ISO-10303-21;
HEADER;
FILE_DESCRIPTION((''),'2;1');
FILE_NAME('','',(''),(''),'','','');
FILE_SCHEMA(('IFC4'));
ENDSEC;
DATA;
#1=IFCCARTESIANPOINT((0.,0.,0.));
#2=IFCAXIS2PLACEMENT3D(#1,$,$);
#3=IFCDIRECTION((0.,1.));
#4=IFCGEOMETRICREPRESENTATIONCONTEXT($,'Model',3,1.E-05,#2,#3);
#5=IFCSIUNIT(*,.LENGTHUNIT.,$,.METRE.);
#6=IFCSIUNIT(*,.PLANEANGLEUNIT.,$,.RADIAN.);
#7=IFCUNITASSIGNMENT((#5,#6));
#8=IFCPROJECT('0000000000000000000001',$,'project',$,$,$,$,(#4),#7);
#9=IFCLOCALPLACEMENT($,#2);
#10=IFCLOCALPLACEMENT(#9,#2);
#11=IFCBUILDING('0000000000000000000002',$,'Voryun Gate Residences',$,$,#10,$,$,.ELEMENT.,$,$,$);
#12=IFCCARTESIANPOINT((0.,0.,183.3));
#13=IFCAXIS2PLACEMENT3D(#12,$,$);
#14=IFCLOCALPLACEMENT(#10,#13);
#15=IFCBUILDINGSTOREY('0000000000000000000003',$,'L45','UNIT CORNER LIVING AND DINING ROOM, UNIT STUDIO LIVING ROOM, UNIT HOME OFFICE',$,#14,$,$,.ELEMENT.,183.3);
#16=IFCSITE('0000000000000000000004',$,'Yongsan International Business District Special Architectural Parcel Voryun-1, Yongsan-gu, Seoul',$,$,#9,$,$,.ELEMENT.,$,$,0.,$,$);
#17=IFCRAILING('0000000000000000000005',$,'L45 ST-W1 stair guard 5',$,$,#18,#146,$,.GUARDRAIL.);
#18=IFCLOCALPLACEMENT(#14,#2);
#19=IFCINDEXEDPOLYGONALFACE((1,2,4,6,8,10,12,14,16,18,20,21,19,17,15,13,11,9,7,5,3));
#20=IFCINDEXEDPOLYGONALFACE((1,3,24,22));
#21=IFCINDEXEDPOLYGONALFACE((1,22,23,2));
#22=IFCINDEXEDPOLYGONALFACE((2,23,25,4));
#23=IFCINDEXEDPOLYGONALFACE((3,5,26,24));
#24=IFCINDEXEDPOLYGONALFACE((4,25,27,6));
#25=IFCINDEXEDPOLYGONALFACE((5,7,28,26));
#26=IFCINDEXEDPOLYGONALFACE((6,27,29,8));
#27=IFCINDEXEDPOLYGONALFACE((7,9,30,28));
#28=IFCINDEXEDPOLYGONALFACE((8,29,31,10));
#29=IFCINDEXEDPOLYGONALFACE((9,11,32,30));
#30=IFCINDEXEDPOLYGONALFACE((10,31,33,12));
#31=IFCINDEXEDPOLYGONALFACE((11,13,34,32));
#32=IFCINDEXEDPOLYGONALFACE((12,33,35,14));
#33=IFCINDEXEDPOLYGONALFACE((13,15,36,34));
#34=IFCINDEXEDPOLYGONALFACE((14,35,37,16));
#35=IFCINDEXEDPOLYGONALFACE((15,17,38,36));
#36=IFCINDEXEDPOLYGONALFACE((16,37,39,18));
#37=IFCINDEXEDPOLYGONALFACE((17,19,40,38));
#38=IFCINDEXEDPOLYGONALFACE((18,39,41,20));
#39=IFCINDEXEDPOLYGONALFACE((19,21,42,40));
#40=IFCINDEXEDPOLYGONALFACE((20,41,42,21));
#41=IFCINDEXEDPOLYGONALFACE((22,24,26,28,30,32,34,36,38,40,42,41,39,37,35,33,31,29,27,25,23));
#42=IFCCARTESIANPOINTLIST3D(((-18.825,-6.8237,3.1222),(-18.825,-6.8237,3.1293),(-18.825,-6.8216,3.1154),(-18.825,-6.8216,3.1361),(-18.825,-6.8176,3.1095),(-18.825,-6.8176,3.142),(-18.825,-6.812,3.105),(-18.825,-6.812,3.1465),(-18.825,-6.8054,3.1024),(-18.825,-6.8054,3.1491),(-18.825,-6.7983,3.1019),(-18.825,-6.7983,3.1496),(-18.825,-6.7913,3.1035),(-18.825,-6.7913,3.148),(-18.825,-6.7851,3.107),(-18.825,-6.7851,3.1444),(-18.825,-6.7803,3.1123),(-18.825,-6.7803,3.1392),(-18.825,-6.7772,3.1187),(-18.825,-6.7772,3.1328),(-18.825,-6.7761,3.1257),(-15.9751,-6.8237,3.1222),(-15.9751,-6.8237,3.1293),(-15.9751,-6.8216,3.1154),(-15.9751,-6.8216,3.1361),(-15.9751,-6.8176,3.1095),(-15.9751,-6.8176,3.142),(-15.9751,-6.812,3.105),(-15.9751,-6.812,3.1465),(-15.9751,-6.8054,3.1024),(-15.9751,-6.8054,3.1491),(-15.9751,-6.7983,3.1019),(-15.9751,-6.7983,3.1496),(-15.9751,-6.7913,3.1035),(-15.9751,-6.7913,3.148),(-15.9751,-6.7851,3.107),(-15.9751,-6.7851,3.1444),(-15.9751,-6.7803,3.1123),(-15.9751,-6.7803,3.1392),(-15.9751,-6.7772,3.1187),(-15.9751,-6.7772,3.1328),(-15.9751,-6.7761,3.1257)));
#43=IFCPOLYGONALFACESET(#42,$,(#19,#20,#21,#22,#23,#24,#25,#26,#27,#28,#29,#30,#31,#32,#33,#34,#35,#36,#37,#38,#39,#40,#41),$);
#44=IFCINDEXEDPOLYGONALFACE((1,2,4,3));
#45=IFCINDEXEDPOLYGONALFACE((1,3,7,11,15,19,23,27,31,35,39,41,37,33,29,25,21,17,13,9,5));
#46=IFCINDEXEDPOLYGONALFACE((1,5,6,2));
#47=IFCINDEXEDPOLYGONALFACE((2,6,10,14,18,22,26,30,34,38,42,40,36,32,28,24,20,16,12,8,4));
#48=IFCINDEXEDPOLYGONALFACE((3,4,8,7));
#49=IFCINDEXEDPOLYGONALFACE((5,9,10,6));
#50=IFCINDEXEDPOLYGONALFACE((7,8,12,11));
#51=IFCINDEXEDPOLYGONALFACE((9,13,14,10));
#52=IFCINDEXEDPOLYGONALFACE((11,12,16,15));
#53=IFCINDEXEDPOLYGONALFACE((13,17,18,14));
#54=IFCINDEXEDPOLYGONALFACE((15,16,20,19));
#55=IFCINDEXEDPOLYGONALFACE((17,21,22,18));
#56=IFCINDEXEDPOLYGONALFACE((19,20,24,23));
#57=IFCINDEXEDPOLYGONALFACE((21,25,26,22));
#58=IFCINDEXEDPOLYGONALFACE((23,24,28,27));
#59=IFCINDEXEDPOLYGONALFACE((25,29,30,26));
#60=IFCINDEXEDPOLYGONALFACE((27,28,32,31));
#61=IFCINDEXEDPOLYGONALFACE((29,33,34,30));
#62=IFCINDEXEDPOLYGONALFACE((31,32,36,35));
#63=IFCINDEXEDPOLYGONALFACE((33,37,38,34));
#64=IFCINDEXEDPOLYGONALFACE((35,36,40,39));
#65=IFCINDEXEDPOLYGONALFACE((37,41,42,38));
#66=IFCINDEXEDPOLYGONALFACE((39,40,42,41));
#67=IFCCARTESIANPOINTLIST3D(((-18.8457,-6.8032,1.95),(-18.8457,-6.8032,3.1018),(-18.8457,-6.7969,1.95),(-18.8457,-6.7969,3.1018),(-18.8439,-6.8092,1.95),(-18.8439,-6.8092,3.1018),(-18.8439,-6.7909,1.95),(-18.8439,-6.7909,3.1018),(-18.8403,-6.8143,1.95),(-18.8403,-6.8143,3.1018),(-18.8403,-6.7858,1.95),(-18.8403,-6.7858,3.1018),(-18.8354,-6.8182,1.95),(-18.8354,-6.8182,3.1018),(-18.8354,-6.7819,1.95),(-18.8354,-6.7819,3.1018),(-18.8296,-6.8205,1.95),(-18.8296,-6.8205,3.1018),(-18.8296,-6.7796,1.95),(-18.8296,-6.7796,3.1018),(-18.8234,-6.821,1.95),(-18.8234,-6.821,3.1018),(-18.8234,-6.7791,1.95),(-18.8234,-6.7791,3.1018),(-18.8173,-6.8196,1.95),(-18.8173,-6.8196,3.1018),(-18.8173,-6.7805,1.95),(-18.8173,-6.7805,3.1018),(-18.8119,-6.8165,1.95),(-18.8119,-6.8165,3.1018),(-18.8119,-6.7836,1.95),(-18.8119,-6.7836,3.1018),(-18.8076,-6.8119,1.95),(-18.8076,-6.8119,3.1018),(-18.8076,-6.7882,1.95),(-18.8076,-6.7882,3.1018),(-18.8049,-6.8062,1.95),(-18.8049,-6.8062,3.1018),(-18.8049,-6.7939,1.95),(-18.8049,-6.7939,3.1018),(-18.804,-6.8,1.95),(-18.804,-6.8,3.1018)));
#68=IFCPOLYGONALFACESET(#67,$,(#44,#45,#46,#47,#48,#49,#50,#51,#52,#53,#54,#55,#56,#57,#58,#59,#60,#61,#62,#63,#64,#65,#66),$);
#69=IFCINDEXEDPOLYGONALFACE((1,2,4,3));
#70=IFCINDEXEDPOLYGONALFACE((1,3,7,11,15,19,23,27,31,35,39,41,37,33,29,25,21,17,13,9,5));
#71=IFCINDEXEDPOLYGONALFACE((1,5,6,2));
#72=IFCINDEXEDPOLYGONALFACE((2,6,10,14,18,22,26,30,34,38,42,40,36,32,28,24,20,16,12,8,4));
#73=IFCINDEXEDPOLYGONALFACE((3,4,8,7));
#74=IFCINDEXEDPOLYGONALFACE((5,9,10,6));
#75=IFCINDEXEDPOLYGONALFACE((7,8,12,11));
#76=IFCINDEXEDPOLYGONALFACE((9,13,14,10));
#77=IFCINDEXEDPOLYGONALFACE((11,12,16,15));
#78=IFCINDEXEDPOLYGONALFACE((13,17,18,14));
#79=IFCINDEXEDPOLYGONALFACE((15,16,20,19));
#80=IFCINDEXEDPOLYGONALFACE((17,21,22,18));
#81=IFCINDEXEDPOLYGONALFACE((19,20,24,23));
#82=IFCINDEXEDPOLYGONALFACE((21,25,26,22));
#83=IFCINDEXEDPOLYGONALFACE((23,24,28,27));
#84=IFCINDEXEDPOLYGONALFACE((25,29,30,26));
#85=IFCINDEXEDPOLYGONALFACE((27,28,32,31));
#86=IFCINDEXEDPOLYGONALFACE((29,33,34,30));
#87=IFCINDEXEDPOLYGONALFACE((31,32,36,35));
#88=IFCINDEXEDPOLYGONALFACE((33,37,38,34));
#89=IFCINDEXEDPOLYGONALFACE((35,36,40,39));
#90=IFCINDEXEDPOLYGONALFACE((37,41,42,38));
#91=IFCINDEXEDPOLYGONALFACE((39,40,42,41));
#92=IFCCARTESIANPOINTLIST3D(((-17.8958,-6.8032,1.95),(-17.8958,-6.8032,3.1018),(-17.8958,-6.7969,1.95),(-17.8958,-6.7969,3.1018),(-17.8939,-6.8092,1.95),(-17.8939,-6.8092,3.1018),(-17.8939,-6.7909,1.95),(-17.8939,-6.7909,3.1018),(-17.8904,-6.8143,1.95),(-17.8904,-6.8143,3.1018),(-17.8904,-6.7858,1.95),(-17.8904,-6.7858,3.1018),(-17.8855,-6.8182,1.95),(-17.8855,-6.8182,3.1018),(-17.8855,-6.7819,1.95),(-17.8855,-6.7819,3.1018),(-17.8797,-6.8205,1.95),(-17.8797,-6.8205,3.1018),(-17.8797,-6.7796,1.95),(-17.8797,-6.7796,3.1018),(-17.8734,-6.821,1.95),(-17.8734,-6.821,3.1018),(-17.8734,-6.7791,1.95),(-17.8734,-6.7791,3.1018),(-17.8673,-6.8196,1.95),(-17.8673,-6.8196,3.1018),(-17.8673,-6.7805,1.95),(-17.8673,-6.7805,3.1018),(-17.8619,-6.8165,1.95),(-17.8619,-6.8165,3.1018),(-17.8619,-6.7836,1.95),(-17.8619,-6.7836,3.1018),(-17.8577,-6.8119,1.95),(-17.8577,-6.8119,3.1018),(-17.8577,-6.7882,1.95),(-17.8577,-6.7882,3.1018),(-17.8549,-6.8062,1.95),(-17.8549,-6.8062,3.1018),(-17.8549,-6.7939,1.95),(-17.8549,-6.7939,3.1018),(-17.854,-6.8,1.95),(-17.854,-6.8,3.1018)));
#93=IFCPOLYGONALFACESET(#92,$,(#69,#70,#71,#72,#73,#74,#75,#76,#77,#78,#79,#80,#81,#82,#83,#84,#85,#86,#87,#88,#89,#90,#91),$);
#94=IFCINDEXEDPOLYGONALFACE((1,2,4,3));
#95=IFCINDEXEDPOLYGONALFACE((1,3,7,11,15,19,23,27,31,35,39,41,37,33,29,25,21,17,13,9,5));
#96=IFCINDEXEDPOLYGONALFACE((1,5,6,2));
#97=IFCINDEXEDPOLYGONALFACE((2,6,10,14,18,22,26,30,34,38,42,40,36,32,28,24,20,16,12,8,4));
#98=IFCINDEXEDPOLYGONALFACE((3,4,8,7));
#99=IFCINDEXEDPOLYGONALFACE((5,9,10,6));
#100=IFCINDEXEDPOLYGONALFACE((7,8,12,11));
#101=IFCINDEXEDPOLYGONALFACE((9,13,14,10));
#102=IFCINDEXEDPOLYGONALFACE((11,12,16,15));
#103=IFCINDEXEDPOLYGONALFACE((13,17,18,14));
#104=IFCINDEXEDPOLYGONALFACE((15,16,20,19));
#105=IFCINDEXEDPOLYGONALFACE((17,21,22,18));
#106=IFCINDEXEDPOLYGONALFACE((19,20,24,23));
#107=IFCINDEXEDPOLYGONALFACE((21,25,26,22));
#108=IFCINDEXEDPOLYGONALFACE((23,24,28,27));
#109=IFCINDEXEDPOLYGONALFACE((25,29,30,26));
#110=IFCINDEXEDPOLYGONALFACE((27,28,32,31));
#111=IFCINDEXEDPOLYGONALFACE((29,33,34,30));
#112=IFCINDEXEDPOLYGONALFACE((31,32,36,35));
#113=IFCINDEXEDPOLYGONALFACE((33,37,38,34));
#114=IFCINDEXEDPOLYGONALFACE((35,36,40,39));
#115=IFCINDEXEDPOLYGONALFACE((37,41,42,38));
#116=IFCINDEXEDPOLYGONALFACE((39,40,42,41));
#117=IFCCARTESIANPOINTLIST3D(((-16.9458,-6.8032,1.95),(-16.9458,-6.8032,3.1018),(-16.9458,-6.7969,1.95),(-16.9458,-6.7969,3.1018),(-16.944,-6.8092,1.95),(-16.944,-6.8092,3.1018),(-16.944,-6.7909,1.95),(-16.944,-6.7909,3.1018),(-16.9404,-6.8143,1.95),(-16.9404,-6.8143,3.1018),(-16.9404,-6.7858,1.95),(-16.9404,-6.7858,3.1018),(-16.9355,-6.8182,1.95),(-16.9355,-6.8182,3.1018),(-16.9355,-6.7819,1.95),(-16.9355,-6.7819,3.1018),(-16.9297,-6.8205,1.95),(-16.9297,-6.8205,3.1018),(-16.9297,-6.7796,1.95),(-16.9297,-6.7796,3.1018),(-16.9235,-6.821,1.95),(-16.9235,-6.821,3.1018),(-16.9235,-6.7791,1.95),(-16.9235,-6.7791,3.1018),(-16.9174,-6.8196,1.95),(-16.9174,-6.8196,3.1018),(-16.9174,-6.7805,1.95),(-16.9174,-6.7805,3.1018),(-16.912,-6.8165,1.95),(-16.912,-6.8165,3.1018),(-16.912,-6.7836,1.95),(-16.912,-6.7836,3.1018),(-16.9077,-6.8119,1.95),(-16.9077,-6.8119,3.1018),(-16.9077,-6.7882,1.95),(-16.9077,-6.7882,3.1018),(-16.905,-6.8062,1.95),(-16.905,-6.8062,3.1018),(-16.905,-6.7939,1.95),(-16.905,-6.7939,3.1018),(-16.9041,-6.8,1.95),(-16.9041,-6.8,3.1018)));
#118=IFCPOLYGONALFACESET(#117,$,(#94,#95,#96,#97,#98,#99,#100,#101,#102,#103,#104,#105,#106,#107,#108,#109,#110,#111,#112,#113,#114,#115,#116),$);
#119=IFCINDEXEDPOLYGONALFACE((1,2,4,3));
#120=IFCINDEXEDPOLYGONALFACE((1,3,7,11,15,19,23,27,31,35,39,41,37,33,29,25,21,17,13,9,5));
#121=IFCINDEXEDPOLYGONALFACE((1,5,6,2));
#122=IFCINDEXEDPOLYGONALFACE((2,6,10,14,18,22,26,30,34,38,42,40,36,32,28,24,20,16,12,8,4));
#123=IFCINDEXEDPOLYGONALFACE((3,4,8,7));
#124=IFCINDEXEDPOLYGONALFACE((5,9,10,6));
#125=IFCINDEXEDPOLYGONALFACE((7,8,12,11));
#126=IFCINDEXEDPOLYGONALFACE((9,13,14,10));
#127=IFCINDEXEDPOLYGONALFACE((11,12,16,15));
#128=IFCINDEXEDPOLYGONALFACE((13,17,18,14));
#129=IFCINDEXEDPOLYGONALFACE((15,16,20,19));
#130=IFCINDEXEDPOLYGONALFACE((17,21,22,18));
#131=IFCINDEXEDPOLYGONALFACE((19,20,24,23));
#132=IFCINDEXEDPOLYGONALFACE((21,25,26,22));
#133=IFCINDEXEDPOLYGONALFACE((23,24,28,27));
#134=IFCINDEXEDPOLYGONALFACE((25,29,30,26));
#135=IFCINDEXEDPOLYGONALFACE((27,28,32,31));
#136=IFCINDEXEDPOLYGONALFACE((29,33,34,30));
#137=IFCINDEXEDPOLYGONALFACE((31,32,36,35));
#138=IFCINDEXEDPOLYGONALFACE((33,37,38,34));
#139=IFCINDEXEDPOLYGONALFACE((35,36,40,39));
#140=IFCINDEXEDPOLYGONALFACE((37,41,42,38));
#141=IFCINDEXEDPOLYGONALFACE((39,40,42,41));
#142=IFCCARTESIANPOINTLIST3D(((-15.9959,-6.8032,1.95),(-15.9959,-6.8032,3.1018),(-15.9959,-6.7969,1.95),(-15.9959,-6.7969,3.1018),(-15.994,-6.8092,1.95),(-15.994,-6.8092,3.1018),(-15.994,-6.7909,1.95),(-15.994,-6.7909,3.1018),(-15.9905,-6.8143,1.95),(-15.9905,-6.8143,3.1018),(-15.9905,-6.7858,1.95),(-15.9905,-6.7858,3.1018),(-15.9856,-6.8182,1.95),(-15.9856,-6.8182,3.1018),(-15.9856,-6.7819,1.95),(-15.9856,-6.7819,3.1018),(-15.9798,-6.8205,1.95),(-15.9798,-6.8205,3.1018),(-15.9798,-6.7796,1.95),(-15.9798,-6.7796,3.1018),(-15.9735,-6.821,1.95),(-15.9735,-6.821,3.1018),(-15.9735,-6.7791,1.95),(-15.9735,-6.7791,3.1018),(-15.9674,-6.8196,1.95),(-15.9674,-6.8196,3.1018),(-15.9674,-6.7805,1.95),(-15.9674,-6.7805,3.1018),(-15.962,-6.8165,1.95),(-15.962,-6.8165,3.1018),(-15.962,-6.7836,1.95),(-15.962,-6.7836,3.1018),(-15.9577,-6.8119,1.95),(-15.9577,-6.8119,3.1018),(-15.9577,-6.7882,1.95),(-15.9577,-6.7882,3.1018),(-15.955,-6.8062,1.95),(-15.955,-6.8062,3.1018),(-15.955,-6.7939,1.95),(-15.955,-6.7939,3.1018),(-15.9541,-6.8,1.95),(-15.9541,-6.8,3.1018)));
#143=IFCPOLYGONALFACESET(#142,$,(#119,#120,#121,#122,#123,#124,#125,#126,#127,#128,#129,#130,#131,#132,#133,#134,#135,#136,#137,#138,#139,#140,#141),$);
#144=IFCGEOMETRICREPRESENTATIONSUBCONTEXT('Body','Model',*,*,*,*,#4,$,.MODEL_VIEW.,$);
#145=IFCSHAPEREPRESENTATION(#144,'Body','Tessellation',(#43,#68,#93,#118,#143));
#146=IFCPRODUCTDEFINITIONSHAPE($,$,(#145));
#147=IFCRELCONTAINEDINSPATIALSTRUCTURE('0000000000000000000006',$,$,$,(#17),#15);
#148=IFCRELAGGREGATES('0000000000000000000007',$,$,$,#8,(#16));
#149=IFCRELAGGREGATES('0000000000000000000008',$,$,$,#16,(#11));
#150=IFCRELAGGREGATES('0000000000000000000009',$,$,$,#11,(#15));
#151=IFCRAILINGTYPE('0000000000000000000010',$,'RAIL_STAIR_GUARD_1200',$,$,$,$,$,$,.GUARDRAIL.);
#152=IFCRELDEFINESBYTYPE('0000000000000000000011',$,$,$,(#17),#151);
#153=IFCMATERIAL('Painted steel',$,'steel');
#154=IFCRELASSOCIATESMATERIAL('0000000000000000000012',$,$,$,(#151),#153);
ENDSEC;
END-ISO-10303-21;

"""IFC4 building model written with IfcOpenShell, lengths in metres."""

from ifc_helpers import new_model, si_unit, direction, frame, origin, origin_2d, place, context, subcontext, project, spatial, circle, extrude, material, type_object, element, save


model = new_model("IFC4")

# Units and contexts
model_context = context("Model", 3, precision=1e-05, world=origin(), true_north=direction((0.0, 1.0)))
body_context = subcontext(model_context, "Body", "Model", "MODEL_VIEW")
ifc_project = project(units=[si_unit("LENGTHUNIT", "METRE"), si_unit("PLANEANGLEUNIT", "RADIAN")], contexts=[model_context])

# Site, building, storey
site_placement = place(None, origin())
site = spatial("IfcSite", under=ifc_project, at=site_placement, Name="Yongsan International Business District Special Architectural Parcel Voryun-1, Yongsan-gu, Seoul", CompositionType="ELEMENT", RefElevation=0.0)
building_placement = place(site_placement, origin())
building = spatial("IfcBuilding", under=site, at=building_placement, Name="Voryun Gate Residences", CompositionType="ELEMENT")
storey_placement = place(building_placement, frame((0.0, 0.0, 183.3)))
storey = spatial("IfcBuildingStorey", under=building, at=storey_placement, Name="L45", Description="UNIT CORNER LIVING AND DINING ROOM, UNIT STUDIO LIVING ROOM, UNIT HOME OFFICE", CompositionType="ELEMENT", Elevation=183.3)

# Railing
ifc_material_1 = material(Name="Painted steel", Category="steel")
railing_type_1 = type_object("IfcRailingType", Name="RAIL_STAIR_GUARD_1200", PredefinedType="GUARDRAIL", material=ifc_material_1)
railing_1_placement = place(storey_placement, frame((-18.825, -6.8, 1.95)))
element("IfcRailing", 1, at=railing_1_placement, inside=storey, type_object=railing_type_1, Name="L45 ST-W1 stair guard 5", PredefinedType="GUARDRAIL", context=body_context, shape_type="SweptSolid", body=[
    extrude(circle(Radius=0.0239, at=origin_2d()), frame((0.0, 0.0, 1.1758), z_axis=(1.0, 0.0, 0.0), x_axis=(0.0, 1.0, 0.0)), (0.0, 0.0, 1.0), 2.8499),
    extrude(circle(Radius=0.021, at=origin_2d()), origin(), (0.0, 0.0, 1.0), 1.1519),
    extrude(circle(Radius=0.021, at=origin_2d()), frame((0.95, 0.0, 0.0)), (0.0, 0.0, 1.0), 1.1519),
    extrude(circle(Radius=0.021, at=origin_2d()), frame((1.8999, 0.0, 0.0)), (0.0, 0.0, 1.0), 1.1519),
    extrude(circle(Radius=0.021, at=origin_2d()), frame((2.8499, 0.0, 0.0)), (0.0, 0.0, 1.0), 1.1519),
])

save(model, "model.ifc")
